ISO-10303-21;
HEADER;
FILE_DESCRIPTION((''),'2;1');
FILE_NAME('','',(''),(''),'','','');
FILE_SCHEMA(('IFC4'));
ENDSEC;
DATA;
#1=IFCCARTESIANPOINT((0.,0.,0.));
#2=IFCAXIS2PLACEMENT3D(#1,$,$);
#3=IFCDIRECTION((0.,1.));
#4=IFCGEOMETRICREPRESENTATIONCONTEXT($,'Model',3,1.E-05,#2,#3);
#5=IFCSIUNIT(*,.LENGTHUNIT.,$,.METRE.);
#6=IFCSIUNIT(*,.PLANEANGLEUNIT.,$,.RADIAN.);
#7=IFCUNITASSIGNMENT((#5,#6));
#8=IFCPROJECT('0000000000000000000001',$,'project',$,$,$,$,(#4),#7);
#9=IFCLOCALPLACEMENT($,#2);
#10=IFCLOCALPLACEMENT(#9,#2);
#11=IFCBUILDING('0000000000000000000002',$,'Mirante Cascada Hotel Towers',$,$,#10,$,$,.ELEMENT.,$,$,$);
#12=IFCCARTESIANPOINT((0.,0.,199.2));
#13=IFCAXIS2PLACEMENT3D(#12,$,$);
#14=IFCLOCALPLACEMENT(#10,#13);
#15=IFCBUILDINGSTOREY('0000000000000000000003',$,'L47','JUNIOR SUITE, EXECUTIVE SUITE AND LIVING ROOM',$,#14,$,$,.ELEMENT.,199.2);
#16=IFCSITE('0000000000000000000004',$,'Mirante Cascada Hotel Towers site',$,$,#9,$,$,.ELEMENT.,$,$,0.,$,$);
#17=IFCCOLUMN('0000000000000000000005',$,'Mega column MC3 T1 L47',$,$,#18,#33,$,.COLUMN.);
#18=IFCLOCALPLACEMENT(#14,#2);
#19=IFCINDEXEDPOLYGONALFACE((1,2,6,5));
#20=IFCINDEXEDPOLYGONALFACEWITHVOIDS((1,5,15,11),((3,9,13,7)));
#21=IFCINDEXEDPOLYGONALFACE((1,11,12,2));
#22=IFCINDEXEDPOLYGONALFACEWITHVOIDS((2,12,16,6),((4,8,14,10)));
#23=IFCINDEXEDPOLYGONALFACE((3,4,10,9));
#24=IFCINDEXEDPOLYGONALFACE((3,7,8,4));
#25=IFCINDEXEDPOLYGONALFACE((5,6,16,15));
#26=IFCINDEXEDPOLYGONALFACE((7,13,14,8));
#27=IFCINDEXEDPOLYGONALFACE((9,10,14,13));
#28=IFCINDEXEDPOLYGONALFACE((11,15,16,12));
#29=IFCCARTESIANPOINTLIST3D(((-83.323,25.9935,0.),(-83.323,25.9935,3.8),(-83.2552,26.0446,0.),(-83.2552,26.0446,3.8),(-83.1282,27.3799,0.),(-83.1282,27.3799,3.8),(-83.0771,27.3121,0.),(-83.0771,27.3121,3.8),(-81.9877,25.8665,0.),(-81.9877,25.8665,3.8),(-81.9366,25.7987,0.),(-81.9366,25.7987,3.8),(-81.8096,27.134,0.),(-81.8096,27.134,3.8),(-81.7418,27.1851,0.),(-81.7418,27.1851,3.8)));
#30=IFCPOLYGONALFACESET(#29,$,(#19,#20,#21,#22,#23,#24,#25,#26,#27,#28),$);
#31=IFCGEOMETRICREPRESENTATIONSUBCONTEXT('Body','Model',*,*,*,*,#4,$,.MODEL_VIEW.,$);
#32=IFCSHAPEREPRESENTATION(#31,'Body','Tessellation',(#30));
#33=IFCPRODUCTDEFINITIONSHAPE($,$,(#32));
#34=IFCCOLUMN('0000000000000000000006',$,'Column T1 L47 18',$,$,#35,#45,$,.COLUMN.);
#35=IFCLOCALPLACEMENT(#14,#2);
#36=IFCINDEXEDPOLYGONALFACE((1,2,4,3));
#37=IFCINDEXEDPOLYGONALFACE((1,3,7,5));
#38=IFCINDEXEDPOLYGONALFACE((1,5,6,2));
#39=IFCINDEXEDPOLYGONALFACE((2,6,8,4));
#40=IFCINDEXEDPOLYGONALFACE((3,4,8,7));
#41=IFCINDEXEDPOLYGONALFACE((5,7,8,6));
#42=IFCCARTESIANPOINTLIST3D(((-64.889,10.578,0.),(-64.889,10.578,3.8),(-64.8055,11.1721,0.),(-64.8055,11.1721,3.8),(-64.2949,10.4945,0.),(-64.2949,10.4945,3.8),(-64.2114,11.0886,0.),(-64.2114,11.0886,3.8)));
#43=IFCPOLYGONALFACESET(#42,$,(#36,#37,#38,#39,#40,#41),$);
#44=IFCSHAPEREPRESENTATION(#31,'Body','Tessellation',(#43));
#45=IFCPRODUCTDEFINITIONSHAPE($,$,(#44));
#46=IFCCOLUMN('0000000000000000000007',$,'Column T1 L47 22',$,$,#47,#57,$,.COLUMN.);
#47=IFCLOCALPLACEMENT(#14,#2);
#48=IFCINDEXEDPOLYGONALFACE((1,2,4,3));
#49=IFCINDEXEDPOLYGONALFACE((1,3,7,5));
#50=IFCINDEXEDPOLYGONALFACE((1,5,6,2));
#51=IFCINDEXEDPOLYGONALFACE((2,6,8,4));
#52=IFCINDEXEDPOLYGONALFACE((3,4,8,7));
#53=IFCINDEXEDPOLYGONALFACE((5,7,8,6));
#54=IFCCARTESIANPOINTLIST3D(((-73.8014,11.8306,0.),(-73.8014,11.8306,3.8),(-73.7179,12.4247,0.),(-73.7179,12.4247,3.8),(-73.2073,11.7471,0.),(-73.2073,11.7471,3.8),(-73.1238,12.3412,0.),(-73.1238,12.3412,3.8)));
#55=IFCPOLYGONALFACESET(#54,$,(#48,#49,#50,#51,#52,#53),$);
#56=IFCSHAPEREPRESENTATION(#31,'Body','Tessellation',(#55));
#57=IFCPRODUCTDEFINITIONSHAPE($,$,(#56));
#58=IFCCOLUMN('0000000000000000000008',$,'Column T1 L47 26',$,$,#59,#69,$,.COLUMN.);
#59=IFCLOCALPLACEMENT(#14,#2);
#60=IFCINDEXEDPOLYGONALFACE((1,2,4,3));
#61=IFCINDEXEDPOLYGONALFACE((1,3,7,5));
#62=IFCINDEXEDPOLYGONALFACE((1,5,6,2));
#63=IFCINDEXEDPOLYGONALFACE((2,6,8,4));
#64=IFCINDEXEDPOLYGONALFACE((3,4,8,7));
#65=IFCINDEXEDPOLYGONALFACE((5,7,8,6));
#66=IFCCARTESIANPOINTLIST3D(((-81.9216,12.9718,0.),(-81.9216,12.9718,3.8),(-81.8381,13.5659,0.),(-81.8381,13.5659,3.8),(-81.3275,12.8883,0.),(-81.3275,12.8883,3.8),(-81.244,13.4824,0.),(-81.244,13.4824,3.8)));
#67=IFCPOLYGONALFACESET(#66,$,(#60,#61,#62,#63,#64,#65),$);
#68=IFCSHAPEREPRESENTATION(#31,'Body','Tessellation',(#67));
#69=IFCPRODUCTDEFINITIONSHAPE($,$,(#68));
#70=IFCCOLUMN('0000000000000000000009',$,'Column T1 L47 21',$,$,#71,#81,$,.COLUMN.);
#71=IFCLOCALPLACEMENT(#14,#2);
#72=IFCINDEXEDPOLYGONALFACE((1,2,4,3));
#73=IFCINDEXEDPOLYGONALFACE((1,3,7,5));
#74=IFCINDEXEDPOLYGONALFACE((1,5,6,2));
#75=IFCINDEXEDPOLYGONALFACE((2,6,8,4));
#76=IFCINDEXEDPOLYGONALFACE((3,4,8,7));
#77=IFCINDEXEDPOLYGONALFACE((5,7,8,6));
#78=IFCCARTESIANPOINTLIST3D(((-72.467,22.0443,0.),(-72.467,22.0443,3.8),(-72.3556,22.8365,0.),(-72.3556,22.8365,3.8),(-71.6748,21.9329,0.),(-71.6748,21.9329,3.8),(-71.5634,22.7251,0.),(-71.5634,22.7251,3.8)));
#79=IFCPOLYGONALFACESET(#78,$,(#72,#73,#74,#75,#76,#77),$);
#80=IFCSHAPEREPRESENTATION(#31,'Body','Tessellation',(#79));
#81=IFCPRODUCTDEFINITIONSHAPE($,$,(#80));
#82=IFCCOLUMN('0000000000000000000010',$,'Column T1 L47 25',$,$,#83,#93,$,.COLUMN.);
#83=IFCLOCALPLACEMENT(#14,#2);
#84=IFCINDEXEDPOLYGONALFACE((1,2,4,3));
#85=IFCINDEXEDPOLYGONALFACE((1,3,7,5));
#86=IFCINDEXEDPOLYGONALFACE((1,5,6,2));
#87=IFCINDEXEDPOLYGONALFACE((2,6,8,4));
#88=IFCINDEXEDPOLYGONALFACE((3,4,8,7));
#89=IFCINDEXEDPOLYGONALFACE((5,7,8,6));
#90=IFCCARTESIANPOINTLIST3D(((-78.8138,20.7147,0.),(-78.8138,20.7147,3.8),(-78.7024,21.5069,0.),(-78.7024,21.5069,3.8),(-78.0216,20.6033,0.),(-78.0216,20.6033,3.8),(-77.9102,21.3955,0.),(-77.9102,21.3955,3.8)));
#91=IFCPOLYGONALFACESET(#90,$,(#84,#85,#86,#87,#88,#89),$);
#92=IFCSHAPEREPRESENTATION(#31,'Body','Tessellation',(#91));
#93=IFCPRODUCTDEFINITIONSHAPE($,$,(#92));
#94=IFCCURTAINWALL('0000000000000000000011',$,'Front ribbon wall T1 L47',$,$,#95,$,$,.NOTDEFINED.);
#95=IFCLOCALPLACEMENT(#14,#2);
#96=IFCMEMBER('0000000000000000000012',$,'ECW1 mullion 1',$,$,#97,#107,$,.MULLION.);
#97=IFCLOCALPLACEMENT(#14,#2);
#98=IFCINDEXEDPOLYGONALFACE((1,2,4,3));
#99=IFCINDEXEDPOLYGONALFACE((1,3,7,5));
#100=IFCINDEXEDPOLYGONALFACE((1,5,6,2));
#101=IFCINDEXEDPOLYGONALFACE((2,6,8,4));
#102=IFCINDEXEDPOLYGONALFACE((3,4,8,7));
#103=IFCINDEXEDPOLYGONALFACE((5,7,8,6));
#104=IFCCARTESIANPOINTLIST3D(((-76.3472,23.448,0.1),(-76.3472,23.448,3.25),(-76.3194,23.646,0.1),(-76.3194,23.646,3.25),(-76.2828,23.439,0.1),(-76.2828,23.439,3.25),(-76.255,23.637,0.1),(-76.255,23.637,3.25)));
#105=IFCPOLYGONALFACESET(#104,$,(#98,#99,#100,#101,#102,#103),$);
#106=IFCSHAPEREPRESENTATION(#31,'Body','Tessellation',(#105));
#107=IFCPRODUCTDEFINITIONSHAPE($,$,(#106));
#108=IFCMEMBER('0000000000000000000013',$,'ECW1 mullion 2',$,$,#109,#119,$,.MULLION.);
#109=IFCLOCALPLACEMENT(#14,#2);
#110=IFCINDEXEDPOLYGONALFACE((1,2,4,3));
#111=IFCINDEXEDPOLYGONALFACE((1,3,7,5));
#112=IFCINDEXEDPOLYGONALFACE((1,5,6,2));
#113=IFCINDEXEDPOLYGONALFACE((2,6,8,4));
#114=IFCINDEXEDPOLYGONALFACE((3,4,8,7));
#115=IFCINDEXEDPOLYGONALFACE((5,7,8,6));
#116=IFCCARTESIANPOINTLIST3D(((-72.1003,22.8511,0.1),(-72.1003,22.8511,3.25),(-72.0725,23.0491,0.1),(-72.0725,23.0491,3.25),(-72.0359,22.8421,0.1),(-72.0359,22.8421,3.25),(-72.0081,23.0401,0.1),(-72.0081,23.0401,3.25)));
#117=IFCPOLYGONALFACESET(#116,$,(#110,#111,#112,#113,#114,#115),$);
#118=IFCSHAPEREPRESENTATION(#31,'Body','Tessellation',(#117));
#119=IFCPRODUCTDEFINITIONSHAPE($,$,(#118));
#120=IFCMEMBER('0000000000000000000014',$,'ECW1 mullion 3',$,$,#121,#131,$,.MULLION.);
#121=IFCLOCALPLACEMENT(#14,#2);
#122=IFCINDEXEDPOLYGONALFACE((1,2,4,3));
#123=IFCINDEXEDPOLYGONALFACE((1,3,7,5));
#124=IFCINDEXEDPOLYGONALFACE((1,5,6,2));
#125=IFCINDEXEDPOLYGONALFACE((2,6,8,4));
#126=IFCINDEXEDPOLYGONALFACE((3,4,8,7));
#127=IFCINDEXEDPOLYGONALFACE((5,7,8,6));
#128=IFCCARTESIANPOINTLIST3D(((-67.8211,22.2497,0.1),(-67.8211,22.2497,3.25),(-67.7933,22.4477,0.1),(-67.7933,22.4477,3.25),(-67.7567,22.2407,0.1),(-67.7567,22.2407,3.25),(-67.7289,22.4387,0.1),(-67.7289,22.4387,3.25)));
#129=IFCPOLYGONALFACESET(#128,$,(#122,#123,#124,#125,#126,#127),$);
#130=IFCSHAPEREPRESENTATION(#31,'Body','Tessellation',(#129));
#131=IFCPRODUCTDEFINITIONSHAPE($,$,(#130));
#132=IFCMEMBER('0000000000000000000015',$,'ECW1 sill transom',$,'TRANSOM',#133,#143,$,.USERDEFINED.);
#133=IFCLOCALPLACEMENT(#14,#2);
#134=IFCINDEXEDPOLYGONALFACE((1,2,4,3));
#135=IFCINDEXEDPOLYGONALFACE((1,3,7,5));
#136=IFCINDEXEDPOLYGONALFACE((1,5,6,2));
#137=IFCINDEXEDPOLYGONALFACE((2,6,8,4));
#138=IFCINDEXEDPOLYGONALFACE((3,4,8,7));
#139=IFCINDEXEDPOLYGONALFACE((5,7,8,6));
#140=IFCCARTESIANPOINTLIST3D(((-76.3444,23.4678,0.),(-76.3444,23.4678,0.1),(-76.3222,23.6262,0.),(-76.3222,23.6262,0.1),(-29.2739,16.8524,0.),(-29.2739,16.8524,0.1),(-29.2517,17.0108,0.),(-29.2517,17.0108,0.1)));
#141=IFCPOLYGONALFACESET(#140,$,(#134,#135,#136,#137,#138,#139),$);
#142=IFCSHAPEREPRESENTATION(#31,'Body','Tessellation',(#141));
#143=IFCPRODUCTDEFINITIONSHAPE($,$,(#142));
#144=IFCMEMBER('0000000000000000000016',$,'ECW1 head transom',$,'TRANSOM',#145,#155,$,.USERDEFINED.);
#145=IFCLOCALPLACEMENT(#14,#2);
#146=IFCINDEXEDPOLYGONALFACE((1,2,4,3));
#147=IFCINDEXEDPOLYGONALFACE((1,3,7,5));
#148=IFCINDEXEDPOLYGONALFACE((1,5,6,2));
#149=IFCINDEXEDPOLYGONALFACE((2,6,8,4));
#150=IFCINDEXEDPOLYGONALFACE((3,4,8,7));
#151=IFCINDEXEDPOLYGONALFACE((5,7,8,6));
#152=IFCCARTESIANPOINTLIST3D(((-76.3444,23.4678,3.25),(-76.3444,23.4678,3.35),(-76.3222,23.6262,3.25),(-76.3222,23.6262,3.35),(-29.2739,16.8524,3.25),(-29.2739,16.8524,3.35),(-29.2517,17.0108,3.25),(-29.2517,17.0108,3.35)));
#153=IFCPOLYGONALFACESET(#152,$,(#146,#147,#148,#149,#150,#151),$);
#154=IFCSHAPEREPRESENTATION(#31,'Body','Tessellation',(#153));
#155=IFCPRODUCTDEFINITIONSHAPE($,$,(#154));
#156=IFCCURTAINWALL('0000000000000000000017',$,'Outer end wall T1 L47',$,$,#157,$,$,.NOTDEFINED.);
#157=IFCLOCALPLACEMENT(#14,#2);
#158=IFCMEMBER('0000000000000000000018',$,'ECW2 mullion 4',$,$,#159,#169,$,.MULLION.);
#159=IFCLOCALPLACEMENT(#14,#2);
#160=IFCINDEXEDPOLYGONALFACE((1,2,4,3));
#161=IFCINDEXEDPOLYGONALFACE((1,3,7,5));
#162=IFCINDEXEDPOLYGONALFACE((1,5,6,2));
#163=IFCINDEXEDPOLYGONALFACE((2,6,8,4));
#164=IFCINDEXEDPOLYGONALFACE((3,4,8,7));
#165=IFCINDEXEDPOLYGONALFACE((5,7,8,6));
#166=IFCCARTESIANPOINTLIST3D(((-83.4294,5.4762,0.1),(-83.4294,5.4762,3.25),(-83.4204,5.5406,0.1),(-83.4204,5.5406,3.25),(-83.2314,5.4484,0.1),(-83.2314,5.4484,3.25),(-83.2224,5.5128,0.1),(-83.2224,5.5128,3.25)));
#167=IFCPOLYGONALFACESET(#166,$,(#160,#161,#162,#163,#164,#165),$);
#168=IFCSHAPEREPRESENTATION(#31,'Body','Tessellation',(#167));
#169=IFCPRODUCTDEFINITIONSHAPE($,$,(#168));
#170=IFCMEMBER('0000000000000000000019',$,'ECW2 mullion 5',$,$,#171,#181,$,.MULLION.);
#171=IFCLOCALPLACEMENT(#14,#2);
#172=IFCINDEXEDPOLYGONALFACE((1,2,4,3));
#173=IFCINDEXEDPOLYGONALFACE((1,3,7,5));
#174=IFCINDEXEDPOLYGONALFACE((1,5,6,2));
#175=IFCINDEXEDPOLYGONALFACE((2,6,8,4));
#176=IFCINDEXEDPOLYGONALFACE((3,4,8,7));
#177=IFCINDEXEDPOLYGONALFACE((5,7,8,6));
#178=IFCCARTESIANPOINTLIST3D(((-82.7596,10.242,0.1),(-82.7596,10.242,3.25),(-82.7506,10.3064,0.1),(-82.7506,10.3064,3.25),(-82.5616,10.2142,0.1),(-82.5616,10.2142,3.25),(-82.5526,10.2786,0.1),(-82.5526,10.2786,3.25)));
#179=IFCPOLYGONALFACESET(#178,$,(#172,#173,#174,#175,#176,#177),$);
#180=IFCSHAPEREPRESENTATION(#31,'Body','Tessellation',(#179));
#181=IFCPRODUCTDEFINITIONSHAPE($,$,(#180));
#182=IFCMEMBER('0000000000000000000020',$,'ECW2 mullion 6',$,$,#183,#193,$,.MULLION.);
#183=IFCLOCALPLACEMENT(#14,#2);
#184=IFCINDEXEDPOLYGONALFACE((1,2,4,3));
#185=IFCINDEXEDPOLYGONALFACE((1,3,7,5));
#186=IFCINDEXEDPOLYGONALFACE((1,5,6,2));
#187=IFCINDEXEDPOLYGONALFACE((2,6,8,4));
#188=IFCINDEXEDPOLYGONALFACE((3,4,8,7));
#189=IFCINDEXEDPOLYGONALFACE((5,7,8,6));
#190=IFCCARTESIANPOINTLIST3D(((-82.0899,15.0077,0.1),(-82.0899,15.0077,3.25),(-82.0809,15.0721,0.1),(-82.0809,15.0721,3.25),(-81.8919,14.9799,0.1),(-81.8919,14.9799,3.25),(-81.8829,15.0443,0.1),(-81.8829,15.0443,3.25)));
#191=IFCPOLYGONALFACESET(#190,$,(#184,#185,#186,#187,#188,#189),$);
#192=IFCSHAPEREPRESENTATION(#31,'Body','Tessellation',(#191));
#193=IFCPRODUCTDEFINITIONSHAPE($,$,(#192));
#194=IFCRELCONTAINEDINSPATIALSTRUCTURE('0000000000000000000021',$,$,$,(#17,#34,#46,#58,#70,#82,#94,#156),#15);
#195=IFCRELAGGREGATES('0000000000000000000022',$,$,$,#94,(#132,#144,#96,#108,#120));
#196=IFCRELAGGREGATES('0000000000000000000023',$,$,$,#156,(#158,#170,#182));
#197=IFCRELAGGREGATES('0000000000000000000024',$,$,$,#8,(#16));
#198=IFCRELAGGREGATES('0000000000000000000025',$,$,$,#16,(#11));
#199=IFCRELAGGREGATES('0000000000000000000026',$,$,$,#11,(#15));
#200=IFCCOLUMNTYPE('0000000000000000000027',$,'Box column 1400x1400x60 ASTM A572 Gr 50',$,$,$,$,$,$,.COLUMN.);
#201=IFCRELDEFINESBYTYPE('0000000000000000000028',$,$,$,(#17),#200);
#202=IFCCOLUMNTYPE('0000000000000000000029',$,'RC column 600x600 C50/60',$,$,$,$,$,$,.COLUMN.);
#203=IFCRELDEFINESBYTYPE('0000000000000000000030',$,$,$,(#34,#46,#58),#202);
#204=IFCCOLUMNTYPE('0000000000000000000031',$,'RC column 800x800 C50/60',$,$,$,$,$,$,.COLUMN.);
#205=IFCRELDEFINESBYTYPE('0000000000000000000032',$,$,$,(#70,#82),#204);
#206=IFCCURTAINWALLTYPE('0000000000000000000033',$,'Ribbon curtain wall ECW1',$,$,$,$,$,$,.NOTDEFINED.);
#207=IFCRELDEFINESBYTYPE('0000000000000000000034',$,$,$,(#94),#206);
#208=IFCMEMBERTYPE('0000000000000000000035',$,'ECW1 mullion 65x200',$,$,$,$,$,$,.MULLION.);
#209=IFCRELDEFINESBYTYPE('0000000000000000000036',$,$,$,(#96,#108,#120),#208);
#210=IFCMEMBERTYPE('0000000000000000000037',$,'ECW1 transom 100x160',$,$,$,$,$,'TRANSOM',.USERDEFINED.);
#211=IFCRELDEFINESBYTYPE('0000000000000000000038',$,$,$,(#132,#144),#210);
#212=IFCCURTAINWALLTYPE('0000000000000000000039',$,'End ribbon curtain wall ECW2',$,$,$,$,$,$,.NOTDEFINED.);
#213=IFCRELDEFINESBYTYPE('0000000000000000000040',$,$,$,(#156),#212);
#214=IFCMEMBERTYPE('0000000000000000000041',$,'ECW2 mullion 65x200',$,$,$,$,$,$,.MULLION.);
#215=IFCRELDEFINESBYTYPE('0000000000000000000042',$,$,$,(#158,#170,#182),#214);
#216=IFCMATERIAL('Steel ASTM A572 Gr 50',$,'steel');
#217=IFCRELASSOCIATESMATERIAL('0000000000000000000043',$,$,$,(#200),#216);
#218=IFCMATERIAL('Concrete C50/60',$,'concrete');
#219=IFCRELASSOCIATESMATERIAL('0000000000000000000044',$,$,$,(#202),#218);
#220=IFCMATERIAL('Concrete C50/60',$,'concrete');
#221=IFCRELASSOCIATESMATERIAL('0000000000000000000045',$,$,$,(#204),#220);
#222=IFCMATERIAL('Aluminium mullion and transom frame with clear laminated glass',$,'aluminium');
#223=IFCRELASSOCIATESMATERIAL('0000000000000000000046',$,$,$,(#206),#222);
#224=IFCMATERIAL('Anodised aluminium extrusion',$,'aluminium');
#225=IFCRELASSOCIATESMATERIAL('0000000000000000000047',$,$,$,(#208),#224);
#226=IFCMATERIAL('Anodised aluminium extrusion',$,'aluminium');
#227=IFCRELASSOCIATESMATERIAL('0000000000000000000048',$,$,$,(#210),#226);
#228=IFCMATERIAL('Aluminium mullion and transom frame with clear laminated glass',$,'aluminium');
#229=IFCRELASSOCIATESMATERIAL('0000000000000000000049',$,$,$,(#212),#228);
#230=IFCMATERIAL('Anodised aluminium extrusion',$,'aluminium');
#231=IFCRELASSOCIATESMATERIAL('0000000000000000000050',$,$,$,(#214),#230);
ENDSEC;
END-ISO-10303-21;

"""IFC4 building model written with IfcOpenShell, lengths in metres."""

from ifc_helpers import new_model, si_unit, direction, frame, origin, origin_2d, place, context, subcontext, project, spatial, rectangle, hollow_rectangle, extrude, material, material_profile, profile_set, type_object, element, aggregate, save


model = new_model("IFC4")

# Units and contexts
model_context = context("Model", 3, precision=1e-05, world=origin(), true_north=direction((0.0, 1.0)))
body_context = subcontext(model_context, "Body", "Model", "MODEL_VIEW")
ifc_project = project(units=[si_unit("LENGTHUNIT", "METRE"), si_unit("PLANEANGLEUNIT", "RADIAN")], contexts=[model_context])

# Site, building, storey
site_placement = place(None, origin())
site = spatial("IfcSite", under=ifc_project, at=site_placement, Name="Mirante Cascada Hotel Towers site", CompositionType="ELEMENT", RefElevation=0.0)
building_placement = place(site_placement, origin())
building = spatial("IfcBuilding", under=site, at=building_placement, Name="Mirante Cascada Hotel Towers", CompositionType="ELEMENT")
storey_placement = place(building_placement, frame((0.0, 0.0, 199.2)))
storey = spatial("IfcBuildingStorey", under=building, at=storey_placement, Name="L47", Description="JUNIOR SUITE, EXECUTIVE SUITE AND LIVING ROOM", CompositionType="ELEMENT", Elevation=199.2)

# Columns
ifc_material_1 = material(Name="Steel ASTM A572 Gr 50", Category="steel")
ifc_material_profile_1 = material_profile(ifc_material_1, hollow_rectangle(XDim=1.4, YDim=1.4, WallThickness=0.06, at=origin_2d()), Name="Box column 1400x1400x60 ASTM A572 Gr 50")
ifc_profile_set_1 = profile_set([ifc_material_profile_1], Name="Steel ASTM A572 Gr 50")
column_type_1 = type_object("IfcColumnType", Name="Box column 1400x1400x60 ASTM A572 Gr 50", PredefinedType="COLUMN", material=ifc_profile_set_1)
column_placement = place(storey_placement, frame((-82.5324, 26.5893, 0.0), z_axis=(0.0, 0.0, 1.0), x_axis=(-0.990268, 0.139173, 0.0)))
element("IfcColumn", 1, at=column_placement, inside=storey, type_object=column_type_1, Name="Mega column MC3 T1 L47", PredefinedType="COLUMN", context=body_context, shape_type="SweptSolid", body=[
    extrude(hollow_rectangle(XDim=1.4, YDim=1.4, WallThickness=0.06, at=origin_2d()), origin(), (0.0, 0.0, 1.0), 3.8),
])
ifc_material_2 = material(Name="Concrete C50/60", Category="concrete")
ifc_material_profile_2 = material_profile(ifc_material_2, rectangle(XDim=0.6, YDim=0.6, at=origin_2d()), Name="RC column 600x600 C50/60")
ifc_profile_set_2 = profile_set([ifc_material_profile_2], Name="Concrete C50/60")
column_type_2 = type_object("IfcColumnType", Name="RC column 600x600 C50/60", PredefinedType="COLUMN", material=ifc_profile_set_2)
for number, where, z_axis, x_axis, name in (
    (2, (-64.5502, 10.8333, 0.0), (0.0, 0.0, 1.0), (-0.990268, 0.139173, 0.0), "Column T1 L47 18"),
    (3, (-73.4626, 12.0859, 0.0), (0.0, 0.0, 1.0), (-0.990268, 0.139173, 0.0), "Column T1 L47 22"),
    (4, (-81.5828, 13.2271, 0.0), (0.0, 0.0, 1.0), (-0.990268, 0.139173, 0.0), "Column T1 L47 26"),
):
    element("IfcColumn", number, at=place(storey_placement, frame(where, z_axis=z_axis, x_axis=x_axis)), inside=storey, type_object=column_type_2, Name=name, PredefinedType="COLUMN", context=body_context, shape_type="SweptSolid", body=[
        extrude(rectangle(XDim=0.6, YDim=0.6, at=origin_2d()), origin(), (0.0, 0.0, 1.0), 3.8),
    ])
ifc_material_3 = material(Name="Concrete C50/60", Category="concrete")
ifc_material_profile_3 = material_profile(ifc_material_3, rectangle(XDim=0.8, YDim=0.8, at=origin_2d()), Name="RC column 800x800 C50/60")
ifc_profile_set_3 = profile_set([ifc_material_profile_3], Name="Concrete C50/60")
column_type_3 = type_object("IfcColumnType", Name="RC column 800x800 C50/60", PredefinedType="COLUMN", material=ifc_profile_set_3)
for number, where, z_axis, x_axis, name in (
    (5, (-72.0152, 22.3847, 0.0), (0.0, 0.0, 1.0), (-0.990268, 0.139173, 0.0), "Column T1 L47 21"),
    (6, (-78.362, 21.0551, 0.0), (0.0, 0.0, 1.0), (-0.990268, 0.139173, 0.0), "Column T1 L47 25"),
):
    element("IfcColumn", number, at=place(storey_placement, frame(where, z_axis=z_axis, x_axis=x_axis)), inside=storey, type_object=column_type_3, Name=name, PredefinedType="COLUMN", context=body_context, shape_type="SweptSolid", body=[
        extrude(rectangle(XDim=0.8, YDim=0.8, at=origin_2d()), origin(), (0.0, 0.0, 1.0), 3.8),
    ])

# Curtain walls, members
ifc_material_4 = material(Name="Aluminium mullion and transom frame with clear laminated glass", Category="aluminium")
curtain_wall_type_1 = type_object("IfcCurtainWallType", Name="Ribbon curtain wall ECW1", PredefinedType="NOTDEFINED", material=ifc_material_4)
curtain_wall_1_placement = place(storey_placement, origin())
curtain_wall_1 = element("IfcCurtainWall", 7, at=curtain_wall_1_placement, inside=storey, type_object=curtain_wall_type_1, Name="Front ribbon wall T1 L47", PredefinedType="NOTDEFINED")
ifc_material_5 = material(Name="Anodised aluminium extrusion", Category="aluminium")
ifc_material_profile_4 = material_profile(ifc_material_5, rectangle(XDim=0.2, YDim=0.065, at=origin_2d()), Name="ECW1 MULLION 65x200")
ifc_profile_set_4 = profile_set([ifc_material_profile_4], Name="Anodised aluminium extrusion")
member_type_1 = type_object("IfcMemberType", Name="ECW1 mullion 65x200", PredefinedType="MULLION", material=ifc_profile_set_4)
member_1_placement = place(storey_placement, frame((-76.3011, 23.5425, 0.1), z_axis=(0.0, 0.0, 1.0), x_axis=(0.139173, 0.990268, 0.0)))
member_1 = element("IfcMember", 8, at=member_1_placement, type_object=member_type_1, Name="ECW1 mullion 1", PredefinedType="MULLION", context=body_context, shape_type="SweptSolid", body=[
    extrude(rectangle(XDim=0.2, YDim=0.065, at=origin_2d()), origin(), (0.0, 0.0, 1.0), 3.15),
])
member_2_placement = place(storey_placement, frame((-72.0542, 22.9456, 0.1), z_axis=(0.0, 0.0, 1.0), x_axis=(0.139173, 0.990268, 0.0)))
member_2 = element("IfcMember", 9, at=member_2_placement, type_object=member_type_1, Name="ECW1 mullion 2", PredefinedType="MULLION", context=body_context, shape_type="SweptSolid", body=[
    extrude(rectangle(XDim=0.2, YDim=0.065, at=origin_2d()), origin(), (0.0, 0.0, 1.0), 3.15),
])
member_3_placement = place(storey_placement, frame((-67.775, 22.3442, 0.1), z_axis=(0.0, 0.0, 1.0), x_axis=(0.139173, 0.990268, 0.0)))
member_3 = element("IfcMember", 10, at=member_3_placement, type_object=member_type_1, Name="ECW1 mullion 3", PredefinedType="MULLION", context=body_context, shape_type="SweptSolid", body=[
    extrude(rectangle(XDim=0.2, YDim=0.065, at=origin_2d()), origin(), (0.0, 0.0, 1.0), 3.15),
])
ifc_material_6 = material(Name="Anodised aluminium extrusion", Category="aluminium")
ifc_material_profile_5 = material_profile(ifc_material_6, rectangle(XDim=0.16, YDim=0.1, at=origin_2d()), Name="ECW1 TRANSOM 100x160")
ifc_profile_set_5 = profile_set([ifc_material_profile_5], Name="Anodised aluminium extrusion")
member_type_2 = type_object("IfcMemberType", Name="ECW1 transom 100x160", ElementType="TRANSOM", PredefinedType="USERDEFINED", material=ifc_profile_set_5)
member_4_placement = place(storey_placement, frame((-76.3333, 23.547, 0.05), z_axis=(0.990268, -0.139175, 0.0), x_axis=(0.139175, 0.990268, 0.0)))
member_4 = element("IfcMember", 11, at=member_4_placement, type_object=member_type_2, Name="ECW1 sill transom", ObjectType="TRANSOM", PredefinedType="USERDEFINED", context=body_context, shape_type="SweptSolid", body=[
    extrude(rectangle(XDim=0.16, YDim=0.1, at=origin_2d()), origin(), (0.0, 0.0, 1.0), 47.5331),
])
member_5_placement = place(storey_placement, frame((-76.3333, 23.547, 3.3), z_axis=(0.990268, -0.139175, 0.0), x_axis=(0.139175, 0.990268, 0.0)))
member_5 = element("IfcMember", 12, at=member_5_placement, type_object=member_type_2, Name="ECW1 head transom", ObjectType="TRANSOM", PredefinedType="USERDEFINED", context=body_context, shape_type="SweptSolid", body=[
    extrude(rectangle(XDim=0.16, YDim=0.1, at=origin_2d()), origin(), (0.0, 0.0, 1.0), 47.5331),
])
ifc_material_7 = material(Name="Aluminium mullion and transom frame with clear laminated glass", Category="aluminium")
curtain_wall_type_2 = type_object("IfcCurtainWallType", Name="End ribbon curtain wall ECW2", PredefinedType="NOTDEFINED", material=ifc_material_7)
curtain_wall_2_placement = place(storey_placement, origin())
curtain_wall_2 = element("IfcCurtainWall", 13, at=curtain_wall_2_placement, inside=storey, type_object=curtain_wall_type_2, Name="Outer end wall T1 L47", PredefinedType="NOTDEFINED")
ifc_material_8 = material(Name="Anodised aluminium extrusion", Category="aluminium")
ifc_material_profile_6 = material_profile(ifc_material_8, rectangle(XDim=0.2, YDim=0.065, at=origin_2d()), Name="ECW2 MULLION 65x200")
ifc_profile_set_6 = profile_set([ifc_material_profile_6], Name="Anodised aluminium extrusion")
member_type_3 = type_object("IfcMemberType", Name="ECW2 mullion 65x200", PredefinedType="MULLION", material=ifc_profile_set_6)
member_6_placement = place(storey_placement, frame((-83.3259, 5.4945, 0.1), z_axis=(0.0, 0.0, 1.0), x_axis=(-0.990268, 0.139173, 0.0)))
member_6 = element("IfcMember", 14, at=member_6_placement, type_object=member_type_3, Name="ECW2 mullion 4", PredefinedType="MULLION", context=body_context, shape_type="SweptSolid", body=[
    extrude(rectangle(XDim=0.2, YDim=0.065, at=origin_2d()), origin(), (0.0, 0.0, 1.0), 3.15),
])
member_7_placement = place(storey_placement, frame((-82.6561, 10.2603, 0.1), z_axis=(0.0, 0.0, 1.0), x_axis=(-0.990268, 0.139173, 0.0)))
member_7 = element("IfcMember", 15, at=member_7_placement, type_object=member_type_3, Name="ECW2 mullion 5", PredefinedType="MULLION", context=body_context, shape_type="SweptSolid", body=[
    extrude(rectangle(XDim=0.2, YDim=0.065, at=origin_2d()), origin(), (0.0, 0.0, 1.0), 3.15),
])
member_8_placement = place(storey_placement, frame((-81.9864, 15.026, 0.1), z_axis=(0.0, 0.0, 1.0), x_axis=(-0.990268, 0.139173, 0.0)))
member_8 = element("IfcMember", 16, at=member_8_placement, type_object=member_type_3, Name="ECW2 mullion 6", PredefinedType="MULLION", context=body_context, shape_type="SweptSolid", body=[
    extrude(rectangle(XDim=0.2, YDim=0.065, at=origin_2d()), origin(), (0.0, 0.0, 1.0), 3.15),
])

aggregate(curtain_wall_1, [member_4, member_5, member_1, member_2, member_3])
aggregate(curtain_wall_2, [member_6, member_7, member_8])

save(model, "model.ifc")
